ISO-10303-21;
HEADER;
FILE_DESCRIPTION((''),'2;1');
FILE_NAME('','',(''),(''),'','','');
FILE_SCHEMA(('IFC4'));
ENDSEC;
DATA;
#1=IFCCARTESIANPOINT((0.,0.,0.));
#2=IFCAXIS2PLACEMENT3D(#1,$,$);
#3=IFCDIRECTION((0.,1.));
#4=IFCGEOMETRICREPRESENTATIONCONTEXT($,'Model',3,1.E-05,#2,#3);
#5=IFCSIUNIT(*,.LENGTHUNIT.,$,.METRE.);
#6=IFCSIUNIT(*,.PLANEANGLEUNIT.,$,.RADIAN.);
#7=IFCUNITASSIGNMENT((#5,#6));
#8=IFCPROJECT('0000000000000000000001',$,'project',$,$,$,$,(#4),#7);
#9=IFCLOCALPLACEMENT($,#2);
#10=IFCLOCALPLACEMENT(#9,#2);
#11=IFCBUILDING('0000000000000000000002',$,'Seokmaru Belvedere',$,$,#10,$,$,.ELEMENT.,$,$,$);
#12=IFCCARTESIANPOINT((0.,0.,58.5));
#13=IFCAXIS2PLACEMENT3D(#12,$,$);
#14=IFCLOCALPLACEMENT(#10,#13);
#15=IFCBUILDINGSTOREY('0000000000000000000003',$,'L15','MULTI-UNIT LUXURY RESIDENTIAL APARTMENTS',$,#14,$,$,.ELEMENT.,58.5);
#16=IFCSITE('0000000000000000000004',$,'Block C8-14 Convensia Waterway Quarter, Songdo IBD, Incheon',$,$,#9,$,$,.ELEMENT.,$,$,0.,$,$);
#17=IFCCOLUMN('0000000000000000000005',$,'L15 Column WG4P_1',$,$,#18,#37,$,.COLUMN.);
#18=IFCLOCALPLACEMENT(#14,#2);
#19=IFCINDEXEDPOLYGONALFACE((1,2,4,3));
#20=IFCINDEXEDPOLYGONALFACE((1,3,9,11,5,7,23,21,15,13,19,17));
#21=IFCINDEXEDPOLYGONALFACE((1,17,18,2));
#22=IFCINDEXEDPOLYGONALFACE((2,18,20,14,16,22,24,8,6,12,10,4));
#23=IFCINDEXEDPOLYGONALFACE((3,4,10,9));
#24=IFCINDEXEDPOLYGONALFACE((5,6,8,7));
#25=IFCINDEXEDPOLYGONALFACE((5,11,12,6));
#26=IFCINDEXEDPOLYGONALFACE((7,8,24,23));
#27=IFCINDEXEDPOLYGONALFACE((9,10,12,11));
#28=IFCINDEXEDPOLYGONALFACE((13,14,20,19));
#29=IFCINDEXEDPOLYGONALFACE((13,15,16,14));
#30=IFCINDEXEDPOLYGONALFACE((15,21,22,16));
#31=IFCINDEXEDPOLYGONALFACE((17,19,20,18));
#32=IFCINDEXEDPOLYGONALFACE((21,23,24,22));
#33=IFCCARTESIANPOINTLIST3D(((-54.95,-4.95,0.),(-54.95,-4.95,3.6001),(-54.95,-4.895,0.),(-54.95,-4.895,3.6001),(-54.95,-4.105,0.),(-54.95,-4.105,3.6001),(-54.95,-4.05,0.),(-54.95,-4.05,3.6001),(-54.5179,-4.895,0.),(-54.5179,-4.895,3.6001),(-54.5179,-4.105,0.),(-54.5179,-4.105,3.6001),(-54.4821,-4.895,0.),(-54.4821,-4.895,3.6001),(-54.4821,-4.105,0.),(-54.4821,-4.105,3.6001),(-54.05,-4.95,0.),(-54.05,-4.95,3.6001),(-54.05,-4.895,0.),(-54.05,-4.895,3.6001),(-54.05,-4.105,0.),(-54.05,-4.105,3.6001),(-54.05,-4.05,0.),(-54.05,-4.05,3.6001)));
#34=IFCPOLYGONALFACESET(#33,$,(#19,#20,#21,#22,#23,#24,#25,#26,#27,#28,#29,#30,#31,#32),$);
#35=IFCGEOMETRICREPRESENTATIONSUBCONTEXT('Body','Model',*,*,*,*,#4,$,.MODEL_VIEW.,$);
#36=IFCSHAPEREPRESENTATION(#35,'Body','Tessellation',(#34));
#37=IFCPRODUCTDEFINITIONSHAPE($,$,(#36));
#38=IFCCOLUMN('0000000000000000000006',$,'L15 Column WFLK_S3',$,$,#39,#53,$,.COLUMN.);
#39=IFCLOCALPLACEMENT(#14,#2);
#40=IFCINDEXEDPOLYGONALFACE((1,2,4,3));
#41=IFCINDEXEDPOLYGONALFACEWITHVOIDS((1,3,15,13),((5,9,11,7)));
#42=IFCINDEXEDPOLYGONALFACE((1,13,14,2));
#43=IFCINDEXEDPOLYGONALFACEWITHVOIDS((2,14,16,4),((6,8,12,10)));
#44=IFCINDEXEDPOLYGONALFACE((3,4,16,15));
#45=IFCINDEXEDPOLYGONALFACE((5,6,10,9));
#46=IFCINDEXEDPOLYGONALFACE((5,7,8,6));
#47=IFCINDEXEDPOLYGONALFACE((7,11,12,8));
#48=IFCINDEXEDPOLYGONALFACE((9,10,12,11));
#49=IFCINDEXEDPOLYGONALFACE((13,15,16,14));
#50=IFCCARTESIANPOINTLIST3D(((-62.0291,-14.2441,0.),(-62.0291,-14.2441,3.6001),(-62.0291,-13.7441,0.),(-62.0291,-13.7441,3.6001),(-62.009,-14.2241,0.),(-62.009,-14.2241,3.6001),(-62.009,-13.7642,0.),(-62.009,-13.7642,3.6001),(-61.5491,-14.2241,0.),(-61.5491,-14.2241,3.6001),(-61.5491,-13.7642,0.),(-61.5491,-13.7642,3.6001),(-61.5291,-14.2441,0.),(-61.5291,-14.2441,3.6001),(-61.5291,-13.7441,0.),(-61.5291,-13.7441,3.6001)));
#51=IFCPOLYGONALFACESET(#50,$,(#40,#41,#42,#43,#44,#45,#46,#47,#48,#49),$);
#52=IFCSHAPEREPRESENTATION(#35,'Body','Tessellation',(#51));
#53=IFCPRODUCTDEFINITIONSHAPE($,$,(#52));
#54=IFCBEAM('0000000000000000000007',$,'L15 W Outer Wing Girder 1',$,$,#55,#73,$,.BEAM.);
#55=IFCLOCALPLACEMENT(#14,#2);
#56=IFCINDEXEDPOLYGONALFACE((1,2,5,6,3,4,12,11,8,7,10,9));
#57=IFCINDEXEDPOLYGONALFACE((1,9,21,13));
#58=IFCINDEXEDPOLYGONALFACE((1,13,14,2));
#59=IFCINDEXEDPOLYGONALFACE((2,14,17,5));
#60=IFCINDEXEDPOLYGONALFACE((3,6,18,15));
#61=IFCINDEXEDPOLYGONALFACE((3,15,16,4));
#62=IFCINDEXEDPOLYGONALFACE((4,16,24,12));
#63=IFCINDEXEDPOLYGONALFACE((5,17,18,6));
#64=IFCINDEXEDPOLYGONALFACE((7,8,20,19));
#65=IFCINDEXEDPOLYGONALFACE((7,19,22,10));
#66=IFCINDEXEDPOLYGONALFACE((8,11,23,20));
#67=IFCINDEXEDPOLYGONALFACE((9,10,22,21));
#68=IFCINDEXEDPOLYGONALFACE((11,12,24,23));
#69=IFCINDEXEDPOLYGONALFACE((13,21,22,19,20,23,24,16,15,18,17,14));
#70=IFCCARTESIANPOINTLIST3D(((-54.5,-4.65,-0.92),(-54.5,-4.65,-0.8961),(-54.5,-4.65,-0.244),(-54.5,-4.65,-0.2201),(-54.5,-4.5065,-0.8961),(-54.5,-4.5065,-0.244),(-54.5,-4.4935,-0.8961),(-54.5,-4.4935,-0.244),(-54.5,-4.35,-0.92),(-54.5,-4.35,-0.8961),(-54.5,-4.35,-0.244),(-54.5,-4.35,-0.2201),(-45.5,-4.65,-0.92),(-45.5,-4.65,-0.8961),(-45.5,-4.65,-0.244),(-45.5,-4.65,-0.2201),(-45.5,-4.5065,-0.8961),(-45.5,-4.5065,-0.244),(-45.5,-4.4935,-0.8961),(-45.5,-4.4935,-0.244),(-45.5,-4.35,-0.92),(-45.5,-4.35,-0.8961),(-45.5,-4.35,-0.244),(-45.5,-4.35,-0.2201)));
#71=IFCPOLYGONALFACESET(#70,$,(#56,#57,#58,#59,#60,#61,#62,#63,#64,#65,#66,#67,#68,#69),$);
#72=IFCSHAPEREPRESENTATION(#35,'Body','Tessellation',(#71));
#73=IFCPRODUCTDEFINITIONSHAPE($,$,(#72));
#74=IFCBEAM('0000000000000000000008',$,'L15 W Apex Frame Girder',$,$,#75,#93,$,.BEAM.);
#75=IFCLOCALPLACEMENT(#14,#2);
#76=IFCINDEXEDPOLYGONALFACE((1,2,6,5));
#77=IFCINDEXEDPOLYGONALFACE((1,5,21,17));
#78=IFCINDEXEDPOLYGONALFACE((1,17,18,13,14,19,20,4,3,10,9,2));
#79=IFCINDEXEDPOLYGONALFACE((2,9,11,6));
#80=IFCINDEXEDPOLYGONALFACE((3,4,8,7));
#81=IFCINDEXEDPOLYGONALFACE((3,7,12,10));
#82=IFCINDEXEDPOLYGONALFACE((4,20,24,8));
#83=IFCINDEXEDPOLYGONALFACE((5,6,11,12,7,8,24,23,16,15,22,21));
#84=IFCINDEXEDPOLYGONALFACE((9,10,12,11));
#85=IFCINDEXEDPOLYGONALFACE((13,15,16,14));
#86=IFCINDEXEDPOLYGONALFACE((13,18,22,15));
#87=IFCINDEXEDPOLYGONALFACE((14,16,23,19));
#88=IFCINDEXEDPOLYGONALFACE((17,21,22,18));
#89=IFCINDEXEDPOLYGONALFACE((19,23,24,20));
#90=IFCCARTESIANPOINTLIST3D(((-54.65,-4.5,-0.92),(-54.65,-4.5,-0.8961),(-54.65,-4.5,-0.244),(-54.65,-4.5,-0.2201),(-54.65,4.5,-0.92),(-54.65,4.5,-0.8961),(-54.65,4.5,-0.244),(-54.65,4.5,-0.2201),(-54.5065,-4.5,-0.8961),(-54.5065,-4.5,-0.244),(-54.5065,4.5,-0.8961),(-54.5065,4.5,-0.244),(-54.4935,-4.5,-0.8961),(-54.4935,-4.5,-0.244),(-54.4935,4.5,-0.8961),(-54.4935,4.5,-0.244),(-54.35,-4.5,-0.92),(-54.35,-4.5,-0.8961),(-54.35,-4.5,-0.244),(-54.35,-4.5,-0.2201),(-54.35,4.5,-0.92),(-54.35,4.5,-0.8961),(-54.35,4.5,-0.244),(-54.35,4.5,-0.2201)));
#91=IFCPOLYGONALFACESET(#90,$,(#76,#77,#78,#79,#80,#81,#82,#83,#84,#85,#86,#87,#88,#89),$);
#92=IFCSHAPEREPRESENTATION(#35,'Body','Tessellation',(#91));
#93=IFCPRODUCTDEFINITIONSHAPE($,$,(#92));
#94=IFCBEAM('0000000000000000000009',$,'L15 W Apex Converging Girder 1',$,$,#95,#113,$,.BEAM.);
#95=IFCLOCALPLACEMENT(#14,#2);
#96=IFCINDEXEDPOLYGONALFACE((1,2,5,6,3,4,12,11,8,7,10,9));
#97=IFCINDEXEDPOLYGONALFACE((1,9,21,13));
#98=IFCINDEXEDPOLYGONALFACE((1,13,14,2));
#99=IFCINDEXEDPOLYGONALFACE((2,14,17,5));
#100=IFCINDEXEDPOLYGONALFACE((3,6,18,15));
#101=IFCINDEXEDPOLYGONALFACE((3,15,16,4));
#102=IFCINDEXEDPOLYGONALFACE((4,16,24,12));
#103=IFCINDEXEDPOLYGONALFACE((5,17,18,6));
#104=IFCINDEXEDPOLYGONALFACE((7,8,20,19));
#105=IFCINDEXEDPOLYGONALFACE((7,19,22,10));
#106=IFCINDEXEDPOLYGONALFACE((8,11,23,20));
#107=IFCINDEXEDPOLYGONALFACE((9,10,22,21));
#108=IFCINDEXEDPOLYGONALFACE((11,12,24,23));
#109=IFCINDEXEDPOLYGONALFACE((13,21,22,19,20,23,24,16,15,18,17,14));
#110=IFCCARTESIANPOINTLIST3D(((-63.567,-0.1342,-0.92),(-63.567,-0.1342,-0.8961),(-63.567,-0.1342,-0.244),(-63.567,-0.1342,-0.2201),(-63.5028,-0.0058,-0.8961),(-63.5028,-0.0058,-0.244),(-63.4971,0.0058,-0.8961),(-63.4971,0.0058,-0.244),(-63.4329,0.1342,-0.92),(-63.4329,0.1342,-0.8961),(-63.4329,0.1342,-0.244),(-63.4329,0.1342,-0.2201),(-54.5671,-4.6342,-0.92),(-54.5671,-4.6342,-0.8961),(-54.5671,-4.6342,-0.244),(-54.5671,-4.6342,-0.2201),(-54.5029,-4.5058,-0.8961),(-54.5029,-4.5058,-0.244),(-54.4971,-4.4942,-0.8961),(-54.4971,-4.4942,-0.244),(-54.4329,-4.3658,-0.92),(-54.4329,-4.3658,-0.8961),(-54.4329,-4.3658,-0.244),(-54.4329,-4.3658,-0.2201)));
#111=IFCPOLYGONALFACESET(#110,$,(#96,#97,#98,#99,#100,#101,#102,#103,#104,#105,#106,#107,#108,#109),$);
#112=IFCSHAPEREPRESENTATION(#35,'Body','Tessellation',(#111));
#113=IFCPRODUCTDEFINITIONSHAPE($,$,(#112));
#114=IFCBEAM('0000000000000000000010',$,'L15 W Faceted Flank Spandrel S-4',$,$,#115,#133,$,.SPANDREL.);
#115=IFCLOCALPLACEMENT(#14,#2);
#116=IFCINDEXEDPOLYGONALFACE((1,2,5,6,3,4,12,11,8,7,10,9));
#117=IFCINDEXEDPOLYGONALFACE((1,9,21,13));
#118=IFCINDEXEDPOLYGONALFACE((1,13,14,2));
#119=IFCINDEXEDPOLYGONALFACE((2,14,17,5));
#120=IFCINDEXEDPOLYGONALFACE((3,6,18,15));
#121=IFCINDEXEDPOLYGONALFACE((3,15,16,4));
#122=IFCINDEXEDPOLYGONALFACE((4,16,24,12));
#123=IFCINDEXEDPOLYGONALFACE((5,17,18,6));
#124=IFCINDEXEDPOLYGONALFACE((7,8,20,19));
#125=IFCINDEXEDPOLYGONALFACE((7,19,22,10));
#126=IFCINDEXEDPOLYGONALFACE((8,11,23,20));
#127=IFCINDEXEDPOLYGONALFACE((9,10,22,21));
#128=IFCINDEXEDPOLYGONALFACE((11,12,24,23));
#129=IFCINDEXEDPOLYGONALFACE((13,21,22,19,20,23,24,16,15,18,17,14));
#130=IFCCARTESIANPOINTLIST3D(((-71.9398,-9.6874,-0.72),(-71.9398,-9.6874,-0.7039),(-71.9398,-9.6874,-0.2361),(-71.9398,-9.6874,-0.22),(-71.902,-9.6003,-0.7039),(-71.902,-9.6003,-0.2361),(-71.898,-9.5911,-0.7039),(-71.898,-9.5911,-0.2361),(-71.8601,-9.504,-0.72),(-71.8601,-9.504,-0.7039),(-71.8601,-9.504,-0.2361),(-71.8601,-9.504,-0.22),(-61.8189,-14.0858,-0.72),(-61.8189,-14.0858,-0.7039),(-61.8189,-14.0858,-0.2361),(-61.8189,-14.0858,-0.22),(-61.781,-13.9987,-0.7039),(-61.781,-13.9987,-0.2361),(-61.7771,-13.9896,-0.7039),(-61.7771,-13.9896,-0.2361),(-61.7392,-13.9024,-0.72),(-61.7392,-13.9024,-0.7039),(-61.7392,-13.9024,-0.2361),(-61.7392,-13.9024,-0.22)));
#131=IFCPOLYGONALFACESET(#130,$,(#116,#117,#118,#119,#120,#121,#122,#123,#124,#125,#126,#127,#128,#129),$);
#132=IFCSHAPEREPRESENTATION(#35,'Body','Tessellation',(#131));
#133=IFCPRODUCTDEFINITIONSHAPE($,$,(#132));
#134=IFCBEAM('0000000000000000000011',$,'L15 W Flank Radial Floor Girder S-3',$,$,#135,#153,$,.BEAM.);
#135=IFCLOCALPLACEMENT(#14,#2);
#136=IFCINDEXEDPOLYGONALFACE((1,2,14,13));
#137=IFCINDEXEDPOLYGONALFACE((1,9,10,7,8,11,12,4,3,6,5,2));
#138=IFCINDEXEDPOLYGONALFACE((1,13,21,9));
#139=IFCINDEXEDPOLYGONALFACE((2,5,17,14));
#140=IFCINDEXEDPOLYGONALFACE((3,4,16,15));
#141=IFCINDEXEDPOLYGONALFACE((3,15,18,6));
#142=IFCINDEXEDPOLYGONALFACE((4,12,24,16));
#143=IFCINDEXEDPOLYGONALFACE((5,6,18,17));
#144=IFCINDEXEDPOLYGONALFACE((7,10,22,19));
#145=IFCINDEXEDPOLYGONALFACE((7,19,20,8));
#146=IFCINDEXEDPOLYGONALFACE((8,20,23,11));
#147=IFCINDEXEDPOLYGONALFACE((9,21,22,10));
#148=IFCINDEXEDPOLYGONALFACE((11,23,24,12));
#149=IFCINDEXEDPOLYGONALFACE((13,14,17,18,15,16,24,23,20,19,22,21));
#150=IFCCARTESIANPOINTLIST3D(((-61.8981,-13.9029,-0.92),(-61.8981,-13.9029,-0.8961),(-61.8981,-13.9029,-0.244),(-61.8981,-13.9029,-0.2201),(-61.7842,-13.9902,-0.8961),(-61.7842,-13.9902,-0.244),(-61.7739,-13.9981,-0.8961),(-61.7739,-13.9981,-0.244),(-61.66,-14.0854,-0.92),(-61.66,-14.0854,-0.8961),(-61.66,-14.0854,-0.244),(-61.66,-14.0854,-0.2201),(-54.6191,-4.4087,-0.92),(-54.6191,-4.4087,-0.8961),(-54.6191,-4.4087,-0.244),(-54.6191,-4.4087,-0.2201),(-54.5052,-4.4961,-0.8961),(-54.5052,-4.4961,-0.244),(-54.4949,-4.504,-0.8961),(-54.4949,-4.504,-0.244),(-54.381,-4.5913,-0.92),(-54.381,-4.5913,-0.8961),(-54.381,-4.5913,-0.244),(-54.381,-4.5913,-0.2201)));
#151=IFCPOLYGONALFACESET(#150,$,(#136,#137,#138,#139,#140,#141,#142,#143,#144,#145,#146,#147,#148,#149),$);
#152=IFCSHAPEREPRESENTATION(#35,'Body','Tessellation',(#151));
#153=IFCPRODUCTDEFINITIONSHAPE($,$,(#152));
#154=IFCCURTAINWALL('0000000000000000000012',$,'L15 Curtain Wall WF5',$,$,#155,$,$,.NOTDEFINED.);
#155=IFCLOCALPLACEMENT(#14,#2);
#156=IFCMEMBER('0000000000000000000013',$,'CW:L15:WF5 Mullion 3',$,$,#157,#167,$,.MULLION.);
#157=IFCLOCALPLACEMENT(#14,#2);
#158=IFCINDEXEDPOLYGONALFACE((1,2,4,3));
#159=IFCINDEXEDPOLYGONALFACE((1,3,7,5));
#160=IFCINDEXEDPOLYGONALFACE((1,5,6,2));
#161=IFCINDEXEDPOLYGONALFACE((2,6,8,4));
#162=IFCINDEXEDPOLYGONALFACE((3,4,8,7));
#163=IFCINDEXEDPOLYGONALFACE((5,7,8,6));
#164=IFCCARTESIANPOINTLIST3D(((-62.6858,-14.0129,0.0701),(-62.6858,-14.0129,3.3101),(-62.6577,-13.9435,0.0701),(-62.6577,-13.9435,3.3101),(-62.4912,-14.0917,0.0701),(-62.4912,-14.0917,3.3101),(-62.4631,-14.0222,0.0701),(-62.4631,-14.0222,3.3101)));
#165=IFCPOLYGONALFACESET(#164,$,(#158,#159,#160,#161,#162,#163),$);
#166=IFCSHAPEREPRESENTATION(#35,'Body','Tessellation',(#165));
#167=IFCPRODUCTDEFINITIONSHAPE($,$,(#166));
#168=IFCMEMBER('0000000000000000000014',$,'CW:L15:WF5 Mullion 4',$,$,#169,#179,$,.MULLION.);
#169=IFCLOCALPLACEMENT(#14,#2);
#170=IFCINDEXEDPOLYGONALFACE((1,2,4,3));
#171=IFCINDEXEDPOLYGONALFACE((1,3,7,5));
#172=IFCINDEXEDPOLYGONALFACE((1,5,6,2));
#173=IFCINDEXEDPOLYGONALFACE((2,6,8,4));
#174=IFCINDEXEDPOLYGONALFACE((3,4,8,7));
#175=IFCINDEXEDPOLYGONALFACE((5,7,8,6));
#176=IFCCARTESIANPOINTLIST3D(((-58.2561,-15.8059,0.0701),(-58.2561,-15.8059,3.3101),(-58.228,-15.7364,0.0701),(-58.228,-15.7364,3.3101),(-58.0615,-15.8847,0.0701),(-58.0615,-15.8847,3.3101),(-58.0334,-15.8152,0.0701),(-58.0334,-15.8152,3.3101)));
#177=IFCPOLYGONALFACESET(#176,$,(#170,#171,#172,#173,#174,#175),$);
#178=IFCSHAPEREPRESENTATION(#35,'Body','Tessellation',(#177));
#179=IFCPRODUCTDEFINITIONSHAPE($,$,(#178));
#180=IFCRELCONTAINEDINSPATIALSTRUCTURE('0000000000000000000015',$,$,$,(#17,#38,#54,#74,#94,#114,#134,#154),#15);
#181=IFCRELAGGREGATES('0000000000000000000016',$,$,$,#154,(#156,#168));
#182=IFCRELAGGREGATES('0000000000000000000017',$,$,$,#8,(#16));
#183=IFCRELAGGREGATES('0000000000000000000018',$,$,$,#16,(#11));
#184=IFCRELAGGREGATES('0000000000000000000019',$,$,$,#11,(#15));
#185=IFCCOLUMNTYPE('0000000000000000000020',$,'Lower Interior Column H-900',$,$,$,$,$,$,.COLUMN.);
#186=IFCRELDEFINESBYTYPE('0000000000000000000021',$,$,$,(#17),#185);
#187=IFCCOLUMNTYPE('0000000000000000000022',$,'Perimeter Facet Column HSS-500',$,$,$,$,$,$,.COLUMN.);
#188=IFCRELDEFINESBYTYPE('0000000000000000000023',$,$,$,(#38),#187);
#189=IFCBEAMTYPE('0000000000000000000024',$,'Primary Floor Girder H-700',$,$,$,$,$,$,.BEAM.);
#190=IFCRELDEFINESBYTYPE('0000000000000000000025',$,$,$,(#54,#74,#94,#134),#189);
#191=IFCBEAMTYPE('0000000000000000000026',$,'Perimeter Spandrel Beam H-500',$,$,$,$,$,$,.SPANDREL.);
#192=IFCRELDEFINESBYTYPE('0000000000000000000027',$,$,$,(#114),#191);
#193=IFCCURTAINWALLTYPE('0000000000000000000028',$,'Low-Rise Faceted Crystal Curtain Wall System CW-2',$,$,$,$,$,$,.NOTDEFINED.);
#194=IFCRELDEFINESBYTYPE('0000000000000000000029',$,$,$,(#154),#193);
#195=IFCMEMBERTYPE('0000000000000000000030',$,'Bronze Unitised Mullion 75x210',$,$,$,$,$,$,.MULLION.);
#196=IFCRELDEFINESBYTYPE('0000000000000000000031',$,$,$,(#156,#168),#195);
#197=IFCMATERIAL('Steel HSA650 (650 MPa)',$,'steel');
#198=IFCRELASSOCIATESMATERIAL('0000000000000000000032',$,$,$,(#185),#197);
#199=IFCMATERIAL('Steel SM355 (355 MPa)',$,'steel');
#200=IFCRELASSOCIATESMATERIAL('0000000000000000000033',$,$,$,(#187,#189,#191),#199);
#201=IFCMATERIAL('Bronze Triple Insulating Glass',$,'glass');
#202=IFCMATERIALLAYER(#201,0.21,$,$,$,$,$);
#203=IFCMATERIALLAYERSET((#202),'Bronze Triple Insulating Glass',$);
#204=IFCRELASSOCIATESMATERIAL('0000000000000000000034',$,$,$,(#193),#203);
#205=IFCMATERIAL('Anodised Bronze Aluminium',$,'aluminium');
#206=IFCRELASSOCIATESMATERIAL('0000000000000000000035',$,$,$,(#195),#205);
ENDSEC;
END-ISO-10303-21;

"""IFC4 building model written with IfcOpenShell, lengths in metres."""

from ifc_helpers import new_model, si_unit, direction, frame, origin, origin_2d, place, context, subcontext, project, spatial, rectangle, hollow_rectangle, i_section, extrude, source, transform, mapped, material, layer, layer_set, material_profile, profile_set, type_object, type_shapes, element, aggregate, save


model = new_model("IFC4")

# Units and contexts
model_context = context("Model", 3, precision=1e-05, world=origin(), true_north=direction((0.0, 1.0)))
body_context = subcontext(model_context, "Body", "Model", "MODEL_VIEW")
ifc_project = project(units=[si_unit("LENGTHUNIT", "METRE"), si_unit("PLANEANGLEUNIT", "RADIAN")], contexts=[model_context])

# Site, building, storey
site_placement = place(None, origin())
site = spatial("IfcSite", under=ifc_project, at=site_placement, Name="Block C8-14 Convensia Waterway Quarter, Songdo IBD, Incheon", CompositionType="ELEMENT", RefElevation=0.0)
building_placement = place(site_placement, origin())
building = spatial("IfcBuilding", under=site, at=building_placement, Name="Seokmaru Belvedere", CompositionType="ELEMENT")
storey_placement = place(building_placement, frame((0.0, 0.0, 58.5)))
storey = spatial("IfcBuildingStorey", under=building, at=storey_placement, Name="L15", Description="MULTI-UNIT LUXURY RESIDENTIAL APARTMENTS", CompositionType="ELEMENT", Elevation=58.5)

# Columns
ifc_material_1 = material(Name="Steel HSA650 (650 MPa)", Category="steel")
ifc_material_profile_1 = material_profile(ifc_material_1, i_section(OverallWidth=0.8999, OverallDepth=0.8999, WebThickness=0.0359, FlangeThickness=0.0549, at=origin_2d()), Name="H-900x900x36x55")
ifc_profile_set_1 = profile_set([ifc_material_profile_1], Name="Steel HSA650 (650 MPa)")
column_type_1 = type_object("IfcColumnType", Name="Lower Interior Column H-900", PredefinedType="COLUMN", material=ifc_profile_set_1)
shared_shape_1 = source(origin(), body_context, "Body", "SweptSolid", [
    extrude(i_section(OverallWidth=0.8999, OverallDepth=0.8999, WebThickness=0.0359, FlangeThickness=0.0549, at=origin_2d()), origin(), (0.0, 0.0, 1.0), 3.6001),
])
type_shapes(column_type_1, [shared_shape_1])
column_1_placement = place(storey_placement, frame((-54.5, -4.5, 0.0), z_axis=(0.0, 0.0, 1.0), x_axis=(1.0, 0.0, 0.0)))
element("IfcColumn", 1, at=column_1_placement, inside=storey, type_object=column_type_1, Name="L15 Column WG4P_1", PredefinedType="COLUMN", context=body_context, shape_type="MappedRepresentation", body=[
    mapped(shared_shape_1, transform((0.0, 0.0, 0.0), scale=1.0)),
])
ifc_material_2 = material(Name="Steel SM355 (355 MPa)", Category="steel")
ifc_material_profile_2 = material_profile(ifc_material_2, hollow_rectangle(XDim=0.5, YDim=0.5, WallThickness=0.02, at=origin_2d()), Name="HSS-500x500x20")
ifc_profile_set_2 = profile_set([ifc_material_profile_2], Name="Steel SM355 (355 MPa)")
column_type_2 = type_object("IfcColumnType", Name="Perimeter Facet Column HSS-500", PredefinedType="COLUMN", material=ifc_profile_set_2)
shared_shape_2 = source(origin(), body_context, "Body", "SweptSolid", [
    extrude(hollow_rectangle(XDim=0.5, YDim=0.5, WallThickness=0.02, at=origin_2d()), origin(), (0.0, 0.0, 1.0), 3.6001),
])
type_shapes(column_type_2, [shared_shape_2])
column_2_placement = place(storey_placement, frame((-61.7791, -13.9941, 0.0), z_axis=(0.0, 0.0, 1.0), x_axis=(1.0, 0.0, 0.0)))
element("IfcColumn", 2, at=column_2_placement, inside=storey, type_object=column_type_2, Name="L15 Column WFLK_S3", PredefinedType="COLUMN", context=body_context, shape_type="MappedRepresentation", body=[
    mapped(shared_shape_2, transform((0.0, 0.0, 0.0), scale=1.0)),
])

# Beams
ifc_material_profile_3 = material_profile(ifc_material_2, i_section(OverallWidth=0.3, OverallDepth=0.7, WebThickness=0.0129, FlangeThickness=0.0239, at=origin_2d()), Name="H-700x300x13x24")
ifc_profile_set_3 = profile_set([ifc_material_profile_3], Name="Steel SM355 (355 MPa)")
beam_type_1 = type_object("IfcBeamType", Name="Primary Floor Girder H-700", PredefinedType="BEAM", material=ifc_profile_set_3)
shared_shape_3 = source(origin(), body_context, "Body", "SweptSolid", [
    extrude(i_section(OverallWidth=0.3, OverallDepth=0.7, WebThickness=0.0129, FlangeThickness=0.0239, at=origin_2d()), origin(), (0.0, 0.0, 1.0), 9.0),
])
for number, where, z_axis, x_axis, name in (
    (3, (-54.5, -4.5, -0.5701), (1.0, 0.0, 0.0), (0.0, 1.0, 0.0), "L15 W Outer Wing Girder 1"),
    (4, (-54.5, -4.5, -0.5701), (0.0, 1.0, 0.0), (-1.0, 0.0, 0.0), "L15 W Apex Frame Girder"),
):
    element("IfcBeam", number, at=place(storey_placement, frame(where, z_axis=z_axis, x_axis=x_axis)), inside=storey, type_object=beam_type_1, Name=name, PredefinedType="BEAM", context=body_context, shape_type="MappedRepresentation", body=[
        mapped(shared_shape_3, transform((0.0, 0.0, 0.0), scale=1.0)),
    ])
shared_shape_4 = source(origin(), body_context, "Body", "SweptSolid", [
    extrude(i_section(OverallWidth=0.3, OverallDepth=0.7, WebThickness=0.0129, FlangeThickness=0.0239, at=origin_2d()), origin(), (0.0, 0.0, 1.0), 10.0623),
])
beam_1_placement = place(storey_placement, frame((-54.5, -4.5, -0.5701), z_axis=(-0.894427, 0.447214, 0.0), x_axis=(-0.447214, -0.894427, 0.0)))
element("IfcBeam", 5, at=beam_1_placement, inside=storey, type_object=beam_type_1, Name="L15 W Apex Converging Girder 1", PredefinedType="BEAM", context=body_context, shape_type="MappedRepresentation", body=[
    mapped(shared_shape_4, transform((0.0, 0.0, 0.0), scale=1.0)),
])
ifc_material_profile_4 = material_profile(ifc_material_2, i_section(OverallWidth=0.2, OverallDepth=0.5, WebThickness=0.01, FlangeThickness=0.0161, at=origin_2d()), Name="H-500x200x10x16")
ifc_profile_set_4 = profile_set([ifc_material_profile_4], Name="Steel SM355 (355 MPa)")
beam_type_2 = type_object("IfcBeamType", Name="Perimeter Spandrel Beam H-500", PredefinedType="SPANDREL", material=ifc_profile_set_4)
shared_shape_5 = source(origin(), body_context, "Body", "SweptSolid", [
    extrude(i_section(OverallWidth=0.2, OverallDepth=0.5, WebThickness=0.01, FlangeThickness=0.0161, at=origin_2d()), origin(), (0.0, 0.0, 1.0), 11.0354),
])
type_shapes(beam_type_2, [shared_shape_5])
beam_2_placement = place(storey_placement, frame((-61.7791, -13.9941, -0.47), z_axis=(-0.917134, 0.398579, 0.0), x_axis=(-0.398579, -0.917134, 0.0)))
element("IfcBeam", 6, at=beam_2_placement, inside=storey, type_object=beam_type_2, Name="L15 W Faceted Flank Spandrel S-4", PredefinedType="SPANDREL", context=body_context, shape_type="MappedRepresentation", body=[
    mapped(shared_shape_5, transform((0.0, 0.0, 0.0), scale=1.0)),
])
shared_shape_6 = source(origin(), body_context, "Body", "SweptSolid", [
    extrude(i_section(OverallWidth=0.3, OverallDepth=0.7, WebThickness=0.0129, FlangeThickness=0.0239, at=origin_2d()), origin(), (0.0, 0.0, 1.0), 11.9634),
])
type_shapes(beam_type_1, [shared_shape_3, shared_shape_4, shared_shape_6])
beam_3_placement = place(storey_placement, frame((-61.7791, -13.9941, -0.5701), z_axis=(0.608443, 0.793598, 0.0), x_axis=(-0.793598, 0.608443, 0.0)))
element("IfcBeam", 7, at=beam_3_placement, inside=storey, type_object=beam_type_1, Name="L15 W Flank Radial Floor Girder S-3", PredefinedType="BEAM", context=body_context, shape_type="MappedRepresentation", body=[
    mapped(shared_shape_6, transform((0.0, 0.0, 0.0), scale=1.0)),
])

# Curtain wall, members
ifc_material_3 = material(Name="Bronze Triple Insulating Glass", Category="glass")
ifc_layer_1 = layer(ifc_material_3, 0.21)
ifc_layer_set_1 = layer_set([ifc_layer_1], Name="Bronze Triple Insulating Glass")
curtain_wall_type = type_object("IfcCurtainWallType", Name="Low-Rise Faceted Crystal Curtain Wall System CW-2", PredefinedType="NOTDEFINED", material=ifc_layer_set_1)
curtain_wall_placement = place(storey_placement, origin())
curtain_wall = element("IfcCurtainWall", 8, at=curtain_wall_placement, inside=storey, type_object=curtain_wall_type, Name="L15 Curtain Wall WF5", PredefinedType="NOTDEFINED")
ifc_material_4 = material(Name="Anodised Bronze Aluminium", Category="aluminium")
ifc_material_profile_5 = material_profile(ifc_material_4, rectangle(XDim=0.075, YDim=0.21, at=origin_2d()), Name="CW-M-75x210")
ifc_profile_set_5 = profile_set([ifc_material_profile_5], Name="Anodised Bronze Aluminium")
member_type = type_object("IfcMemberType", Name="Bronze Unitised Mullion 75x210", PredefinedType="MULLION", material=ifc_profile_set_5)
shared_shape_7 = source(origin(), body_context, "Body", "SweptSolid", [
    extrude(rectangle(XDim=0.075, YDim=0.21, at=origin_2d()), origin(), (0.0, 0.0, 1.0), 3.24),
])
type_shapes(member_type, [shared_shape_7])
member_1_placement = place(storey_placement, frame((-62.5745, -14.0176, 0.0701), z_axis=(0.0, 0.0, 1.0), x_axis=(0.375192, 0.926947, 0.0)))
member_1 = element("IfcMember", 9, at=member_1_placement, type_object=member_type, Name="CW:L15:WF5 Mullion 3", PredefinedType="MULLION", context=body_context, shape_type="MappedRepresentation", body=[
    mapped(shared_shape_7, transform((0.0, 0.0, 0.0), scale=1.0)),
])
member_2_placement = place(storey_placement, frame((-58.1448, -15.8105, 0.0701), z_axis=(0.0, 0.0, 1.0), x_axis=(0.375192, 0.926947, 0.0)))
member_2 = element("IfcMember", 10, at=member_2_placement, type_object=member_type, Name="CW:L15:WF5 Mullion 4", PredefinedType="MULLION", context=body_context, shape_type="MappedRepresentation", body=[
    mapped(shared_shape_7, transform((0.0, 0.0, 0.0), scale=1.0)),
])
aggregate(curtain_wall, [member_1, member_2])

save(model, "model.ifc")
